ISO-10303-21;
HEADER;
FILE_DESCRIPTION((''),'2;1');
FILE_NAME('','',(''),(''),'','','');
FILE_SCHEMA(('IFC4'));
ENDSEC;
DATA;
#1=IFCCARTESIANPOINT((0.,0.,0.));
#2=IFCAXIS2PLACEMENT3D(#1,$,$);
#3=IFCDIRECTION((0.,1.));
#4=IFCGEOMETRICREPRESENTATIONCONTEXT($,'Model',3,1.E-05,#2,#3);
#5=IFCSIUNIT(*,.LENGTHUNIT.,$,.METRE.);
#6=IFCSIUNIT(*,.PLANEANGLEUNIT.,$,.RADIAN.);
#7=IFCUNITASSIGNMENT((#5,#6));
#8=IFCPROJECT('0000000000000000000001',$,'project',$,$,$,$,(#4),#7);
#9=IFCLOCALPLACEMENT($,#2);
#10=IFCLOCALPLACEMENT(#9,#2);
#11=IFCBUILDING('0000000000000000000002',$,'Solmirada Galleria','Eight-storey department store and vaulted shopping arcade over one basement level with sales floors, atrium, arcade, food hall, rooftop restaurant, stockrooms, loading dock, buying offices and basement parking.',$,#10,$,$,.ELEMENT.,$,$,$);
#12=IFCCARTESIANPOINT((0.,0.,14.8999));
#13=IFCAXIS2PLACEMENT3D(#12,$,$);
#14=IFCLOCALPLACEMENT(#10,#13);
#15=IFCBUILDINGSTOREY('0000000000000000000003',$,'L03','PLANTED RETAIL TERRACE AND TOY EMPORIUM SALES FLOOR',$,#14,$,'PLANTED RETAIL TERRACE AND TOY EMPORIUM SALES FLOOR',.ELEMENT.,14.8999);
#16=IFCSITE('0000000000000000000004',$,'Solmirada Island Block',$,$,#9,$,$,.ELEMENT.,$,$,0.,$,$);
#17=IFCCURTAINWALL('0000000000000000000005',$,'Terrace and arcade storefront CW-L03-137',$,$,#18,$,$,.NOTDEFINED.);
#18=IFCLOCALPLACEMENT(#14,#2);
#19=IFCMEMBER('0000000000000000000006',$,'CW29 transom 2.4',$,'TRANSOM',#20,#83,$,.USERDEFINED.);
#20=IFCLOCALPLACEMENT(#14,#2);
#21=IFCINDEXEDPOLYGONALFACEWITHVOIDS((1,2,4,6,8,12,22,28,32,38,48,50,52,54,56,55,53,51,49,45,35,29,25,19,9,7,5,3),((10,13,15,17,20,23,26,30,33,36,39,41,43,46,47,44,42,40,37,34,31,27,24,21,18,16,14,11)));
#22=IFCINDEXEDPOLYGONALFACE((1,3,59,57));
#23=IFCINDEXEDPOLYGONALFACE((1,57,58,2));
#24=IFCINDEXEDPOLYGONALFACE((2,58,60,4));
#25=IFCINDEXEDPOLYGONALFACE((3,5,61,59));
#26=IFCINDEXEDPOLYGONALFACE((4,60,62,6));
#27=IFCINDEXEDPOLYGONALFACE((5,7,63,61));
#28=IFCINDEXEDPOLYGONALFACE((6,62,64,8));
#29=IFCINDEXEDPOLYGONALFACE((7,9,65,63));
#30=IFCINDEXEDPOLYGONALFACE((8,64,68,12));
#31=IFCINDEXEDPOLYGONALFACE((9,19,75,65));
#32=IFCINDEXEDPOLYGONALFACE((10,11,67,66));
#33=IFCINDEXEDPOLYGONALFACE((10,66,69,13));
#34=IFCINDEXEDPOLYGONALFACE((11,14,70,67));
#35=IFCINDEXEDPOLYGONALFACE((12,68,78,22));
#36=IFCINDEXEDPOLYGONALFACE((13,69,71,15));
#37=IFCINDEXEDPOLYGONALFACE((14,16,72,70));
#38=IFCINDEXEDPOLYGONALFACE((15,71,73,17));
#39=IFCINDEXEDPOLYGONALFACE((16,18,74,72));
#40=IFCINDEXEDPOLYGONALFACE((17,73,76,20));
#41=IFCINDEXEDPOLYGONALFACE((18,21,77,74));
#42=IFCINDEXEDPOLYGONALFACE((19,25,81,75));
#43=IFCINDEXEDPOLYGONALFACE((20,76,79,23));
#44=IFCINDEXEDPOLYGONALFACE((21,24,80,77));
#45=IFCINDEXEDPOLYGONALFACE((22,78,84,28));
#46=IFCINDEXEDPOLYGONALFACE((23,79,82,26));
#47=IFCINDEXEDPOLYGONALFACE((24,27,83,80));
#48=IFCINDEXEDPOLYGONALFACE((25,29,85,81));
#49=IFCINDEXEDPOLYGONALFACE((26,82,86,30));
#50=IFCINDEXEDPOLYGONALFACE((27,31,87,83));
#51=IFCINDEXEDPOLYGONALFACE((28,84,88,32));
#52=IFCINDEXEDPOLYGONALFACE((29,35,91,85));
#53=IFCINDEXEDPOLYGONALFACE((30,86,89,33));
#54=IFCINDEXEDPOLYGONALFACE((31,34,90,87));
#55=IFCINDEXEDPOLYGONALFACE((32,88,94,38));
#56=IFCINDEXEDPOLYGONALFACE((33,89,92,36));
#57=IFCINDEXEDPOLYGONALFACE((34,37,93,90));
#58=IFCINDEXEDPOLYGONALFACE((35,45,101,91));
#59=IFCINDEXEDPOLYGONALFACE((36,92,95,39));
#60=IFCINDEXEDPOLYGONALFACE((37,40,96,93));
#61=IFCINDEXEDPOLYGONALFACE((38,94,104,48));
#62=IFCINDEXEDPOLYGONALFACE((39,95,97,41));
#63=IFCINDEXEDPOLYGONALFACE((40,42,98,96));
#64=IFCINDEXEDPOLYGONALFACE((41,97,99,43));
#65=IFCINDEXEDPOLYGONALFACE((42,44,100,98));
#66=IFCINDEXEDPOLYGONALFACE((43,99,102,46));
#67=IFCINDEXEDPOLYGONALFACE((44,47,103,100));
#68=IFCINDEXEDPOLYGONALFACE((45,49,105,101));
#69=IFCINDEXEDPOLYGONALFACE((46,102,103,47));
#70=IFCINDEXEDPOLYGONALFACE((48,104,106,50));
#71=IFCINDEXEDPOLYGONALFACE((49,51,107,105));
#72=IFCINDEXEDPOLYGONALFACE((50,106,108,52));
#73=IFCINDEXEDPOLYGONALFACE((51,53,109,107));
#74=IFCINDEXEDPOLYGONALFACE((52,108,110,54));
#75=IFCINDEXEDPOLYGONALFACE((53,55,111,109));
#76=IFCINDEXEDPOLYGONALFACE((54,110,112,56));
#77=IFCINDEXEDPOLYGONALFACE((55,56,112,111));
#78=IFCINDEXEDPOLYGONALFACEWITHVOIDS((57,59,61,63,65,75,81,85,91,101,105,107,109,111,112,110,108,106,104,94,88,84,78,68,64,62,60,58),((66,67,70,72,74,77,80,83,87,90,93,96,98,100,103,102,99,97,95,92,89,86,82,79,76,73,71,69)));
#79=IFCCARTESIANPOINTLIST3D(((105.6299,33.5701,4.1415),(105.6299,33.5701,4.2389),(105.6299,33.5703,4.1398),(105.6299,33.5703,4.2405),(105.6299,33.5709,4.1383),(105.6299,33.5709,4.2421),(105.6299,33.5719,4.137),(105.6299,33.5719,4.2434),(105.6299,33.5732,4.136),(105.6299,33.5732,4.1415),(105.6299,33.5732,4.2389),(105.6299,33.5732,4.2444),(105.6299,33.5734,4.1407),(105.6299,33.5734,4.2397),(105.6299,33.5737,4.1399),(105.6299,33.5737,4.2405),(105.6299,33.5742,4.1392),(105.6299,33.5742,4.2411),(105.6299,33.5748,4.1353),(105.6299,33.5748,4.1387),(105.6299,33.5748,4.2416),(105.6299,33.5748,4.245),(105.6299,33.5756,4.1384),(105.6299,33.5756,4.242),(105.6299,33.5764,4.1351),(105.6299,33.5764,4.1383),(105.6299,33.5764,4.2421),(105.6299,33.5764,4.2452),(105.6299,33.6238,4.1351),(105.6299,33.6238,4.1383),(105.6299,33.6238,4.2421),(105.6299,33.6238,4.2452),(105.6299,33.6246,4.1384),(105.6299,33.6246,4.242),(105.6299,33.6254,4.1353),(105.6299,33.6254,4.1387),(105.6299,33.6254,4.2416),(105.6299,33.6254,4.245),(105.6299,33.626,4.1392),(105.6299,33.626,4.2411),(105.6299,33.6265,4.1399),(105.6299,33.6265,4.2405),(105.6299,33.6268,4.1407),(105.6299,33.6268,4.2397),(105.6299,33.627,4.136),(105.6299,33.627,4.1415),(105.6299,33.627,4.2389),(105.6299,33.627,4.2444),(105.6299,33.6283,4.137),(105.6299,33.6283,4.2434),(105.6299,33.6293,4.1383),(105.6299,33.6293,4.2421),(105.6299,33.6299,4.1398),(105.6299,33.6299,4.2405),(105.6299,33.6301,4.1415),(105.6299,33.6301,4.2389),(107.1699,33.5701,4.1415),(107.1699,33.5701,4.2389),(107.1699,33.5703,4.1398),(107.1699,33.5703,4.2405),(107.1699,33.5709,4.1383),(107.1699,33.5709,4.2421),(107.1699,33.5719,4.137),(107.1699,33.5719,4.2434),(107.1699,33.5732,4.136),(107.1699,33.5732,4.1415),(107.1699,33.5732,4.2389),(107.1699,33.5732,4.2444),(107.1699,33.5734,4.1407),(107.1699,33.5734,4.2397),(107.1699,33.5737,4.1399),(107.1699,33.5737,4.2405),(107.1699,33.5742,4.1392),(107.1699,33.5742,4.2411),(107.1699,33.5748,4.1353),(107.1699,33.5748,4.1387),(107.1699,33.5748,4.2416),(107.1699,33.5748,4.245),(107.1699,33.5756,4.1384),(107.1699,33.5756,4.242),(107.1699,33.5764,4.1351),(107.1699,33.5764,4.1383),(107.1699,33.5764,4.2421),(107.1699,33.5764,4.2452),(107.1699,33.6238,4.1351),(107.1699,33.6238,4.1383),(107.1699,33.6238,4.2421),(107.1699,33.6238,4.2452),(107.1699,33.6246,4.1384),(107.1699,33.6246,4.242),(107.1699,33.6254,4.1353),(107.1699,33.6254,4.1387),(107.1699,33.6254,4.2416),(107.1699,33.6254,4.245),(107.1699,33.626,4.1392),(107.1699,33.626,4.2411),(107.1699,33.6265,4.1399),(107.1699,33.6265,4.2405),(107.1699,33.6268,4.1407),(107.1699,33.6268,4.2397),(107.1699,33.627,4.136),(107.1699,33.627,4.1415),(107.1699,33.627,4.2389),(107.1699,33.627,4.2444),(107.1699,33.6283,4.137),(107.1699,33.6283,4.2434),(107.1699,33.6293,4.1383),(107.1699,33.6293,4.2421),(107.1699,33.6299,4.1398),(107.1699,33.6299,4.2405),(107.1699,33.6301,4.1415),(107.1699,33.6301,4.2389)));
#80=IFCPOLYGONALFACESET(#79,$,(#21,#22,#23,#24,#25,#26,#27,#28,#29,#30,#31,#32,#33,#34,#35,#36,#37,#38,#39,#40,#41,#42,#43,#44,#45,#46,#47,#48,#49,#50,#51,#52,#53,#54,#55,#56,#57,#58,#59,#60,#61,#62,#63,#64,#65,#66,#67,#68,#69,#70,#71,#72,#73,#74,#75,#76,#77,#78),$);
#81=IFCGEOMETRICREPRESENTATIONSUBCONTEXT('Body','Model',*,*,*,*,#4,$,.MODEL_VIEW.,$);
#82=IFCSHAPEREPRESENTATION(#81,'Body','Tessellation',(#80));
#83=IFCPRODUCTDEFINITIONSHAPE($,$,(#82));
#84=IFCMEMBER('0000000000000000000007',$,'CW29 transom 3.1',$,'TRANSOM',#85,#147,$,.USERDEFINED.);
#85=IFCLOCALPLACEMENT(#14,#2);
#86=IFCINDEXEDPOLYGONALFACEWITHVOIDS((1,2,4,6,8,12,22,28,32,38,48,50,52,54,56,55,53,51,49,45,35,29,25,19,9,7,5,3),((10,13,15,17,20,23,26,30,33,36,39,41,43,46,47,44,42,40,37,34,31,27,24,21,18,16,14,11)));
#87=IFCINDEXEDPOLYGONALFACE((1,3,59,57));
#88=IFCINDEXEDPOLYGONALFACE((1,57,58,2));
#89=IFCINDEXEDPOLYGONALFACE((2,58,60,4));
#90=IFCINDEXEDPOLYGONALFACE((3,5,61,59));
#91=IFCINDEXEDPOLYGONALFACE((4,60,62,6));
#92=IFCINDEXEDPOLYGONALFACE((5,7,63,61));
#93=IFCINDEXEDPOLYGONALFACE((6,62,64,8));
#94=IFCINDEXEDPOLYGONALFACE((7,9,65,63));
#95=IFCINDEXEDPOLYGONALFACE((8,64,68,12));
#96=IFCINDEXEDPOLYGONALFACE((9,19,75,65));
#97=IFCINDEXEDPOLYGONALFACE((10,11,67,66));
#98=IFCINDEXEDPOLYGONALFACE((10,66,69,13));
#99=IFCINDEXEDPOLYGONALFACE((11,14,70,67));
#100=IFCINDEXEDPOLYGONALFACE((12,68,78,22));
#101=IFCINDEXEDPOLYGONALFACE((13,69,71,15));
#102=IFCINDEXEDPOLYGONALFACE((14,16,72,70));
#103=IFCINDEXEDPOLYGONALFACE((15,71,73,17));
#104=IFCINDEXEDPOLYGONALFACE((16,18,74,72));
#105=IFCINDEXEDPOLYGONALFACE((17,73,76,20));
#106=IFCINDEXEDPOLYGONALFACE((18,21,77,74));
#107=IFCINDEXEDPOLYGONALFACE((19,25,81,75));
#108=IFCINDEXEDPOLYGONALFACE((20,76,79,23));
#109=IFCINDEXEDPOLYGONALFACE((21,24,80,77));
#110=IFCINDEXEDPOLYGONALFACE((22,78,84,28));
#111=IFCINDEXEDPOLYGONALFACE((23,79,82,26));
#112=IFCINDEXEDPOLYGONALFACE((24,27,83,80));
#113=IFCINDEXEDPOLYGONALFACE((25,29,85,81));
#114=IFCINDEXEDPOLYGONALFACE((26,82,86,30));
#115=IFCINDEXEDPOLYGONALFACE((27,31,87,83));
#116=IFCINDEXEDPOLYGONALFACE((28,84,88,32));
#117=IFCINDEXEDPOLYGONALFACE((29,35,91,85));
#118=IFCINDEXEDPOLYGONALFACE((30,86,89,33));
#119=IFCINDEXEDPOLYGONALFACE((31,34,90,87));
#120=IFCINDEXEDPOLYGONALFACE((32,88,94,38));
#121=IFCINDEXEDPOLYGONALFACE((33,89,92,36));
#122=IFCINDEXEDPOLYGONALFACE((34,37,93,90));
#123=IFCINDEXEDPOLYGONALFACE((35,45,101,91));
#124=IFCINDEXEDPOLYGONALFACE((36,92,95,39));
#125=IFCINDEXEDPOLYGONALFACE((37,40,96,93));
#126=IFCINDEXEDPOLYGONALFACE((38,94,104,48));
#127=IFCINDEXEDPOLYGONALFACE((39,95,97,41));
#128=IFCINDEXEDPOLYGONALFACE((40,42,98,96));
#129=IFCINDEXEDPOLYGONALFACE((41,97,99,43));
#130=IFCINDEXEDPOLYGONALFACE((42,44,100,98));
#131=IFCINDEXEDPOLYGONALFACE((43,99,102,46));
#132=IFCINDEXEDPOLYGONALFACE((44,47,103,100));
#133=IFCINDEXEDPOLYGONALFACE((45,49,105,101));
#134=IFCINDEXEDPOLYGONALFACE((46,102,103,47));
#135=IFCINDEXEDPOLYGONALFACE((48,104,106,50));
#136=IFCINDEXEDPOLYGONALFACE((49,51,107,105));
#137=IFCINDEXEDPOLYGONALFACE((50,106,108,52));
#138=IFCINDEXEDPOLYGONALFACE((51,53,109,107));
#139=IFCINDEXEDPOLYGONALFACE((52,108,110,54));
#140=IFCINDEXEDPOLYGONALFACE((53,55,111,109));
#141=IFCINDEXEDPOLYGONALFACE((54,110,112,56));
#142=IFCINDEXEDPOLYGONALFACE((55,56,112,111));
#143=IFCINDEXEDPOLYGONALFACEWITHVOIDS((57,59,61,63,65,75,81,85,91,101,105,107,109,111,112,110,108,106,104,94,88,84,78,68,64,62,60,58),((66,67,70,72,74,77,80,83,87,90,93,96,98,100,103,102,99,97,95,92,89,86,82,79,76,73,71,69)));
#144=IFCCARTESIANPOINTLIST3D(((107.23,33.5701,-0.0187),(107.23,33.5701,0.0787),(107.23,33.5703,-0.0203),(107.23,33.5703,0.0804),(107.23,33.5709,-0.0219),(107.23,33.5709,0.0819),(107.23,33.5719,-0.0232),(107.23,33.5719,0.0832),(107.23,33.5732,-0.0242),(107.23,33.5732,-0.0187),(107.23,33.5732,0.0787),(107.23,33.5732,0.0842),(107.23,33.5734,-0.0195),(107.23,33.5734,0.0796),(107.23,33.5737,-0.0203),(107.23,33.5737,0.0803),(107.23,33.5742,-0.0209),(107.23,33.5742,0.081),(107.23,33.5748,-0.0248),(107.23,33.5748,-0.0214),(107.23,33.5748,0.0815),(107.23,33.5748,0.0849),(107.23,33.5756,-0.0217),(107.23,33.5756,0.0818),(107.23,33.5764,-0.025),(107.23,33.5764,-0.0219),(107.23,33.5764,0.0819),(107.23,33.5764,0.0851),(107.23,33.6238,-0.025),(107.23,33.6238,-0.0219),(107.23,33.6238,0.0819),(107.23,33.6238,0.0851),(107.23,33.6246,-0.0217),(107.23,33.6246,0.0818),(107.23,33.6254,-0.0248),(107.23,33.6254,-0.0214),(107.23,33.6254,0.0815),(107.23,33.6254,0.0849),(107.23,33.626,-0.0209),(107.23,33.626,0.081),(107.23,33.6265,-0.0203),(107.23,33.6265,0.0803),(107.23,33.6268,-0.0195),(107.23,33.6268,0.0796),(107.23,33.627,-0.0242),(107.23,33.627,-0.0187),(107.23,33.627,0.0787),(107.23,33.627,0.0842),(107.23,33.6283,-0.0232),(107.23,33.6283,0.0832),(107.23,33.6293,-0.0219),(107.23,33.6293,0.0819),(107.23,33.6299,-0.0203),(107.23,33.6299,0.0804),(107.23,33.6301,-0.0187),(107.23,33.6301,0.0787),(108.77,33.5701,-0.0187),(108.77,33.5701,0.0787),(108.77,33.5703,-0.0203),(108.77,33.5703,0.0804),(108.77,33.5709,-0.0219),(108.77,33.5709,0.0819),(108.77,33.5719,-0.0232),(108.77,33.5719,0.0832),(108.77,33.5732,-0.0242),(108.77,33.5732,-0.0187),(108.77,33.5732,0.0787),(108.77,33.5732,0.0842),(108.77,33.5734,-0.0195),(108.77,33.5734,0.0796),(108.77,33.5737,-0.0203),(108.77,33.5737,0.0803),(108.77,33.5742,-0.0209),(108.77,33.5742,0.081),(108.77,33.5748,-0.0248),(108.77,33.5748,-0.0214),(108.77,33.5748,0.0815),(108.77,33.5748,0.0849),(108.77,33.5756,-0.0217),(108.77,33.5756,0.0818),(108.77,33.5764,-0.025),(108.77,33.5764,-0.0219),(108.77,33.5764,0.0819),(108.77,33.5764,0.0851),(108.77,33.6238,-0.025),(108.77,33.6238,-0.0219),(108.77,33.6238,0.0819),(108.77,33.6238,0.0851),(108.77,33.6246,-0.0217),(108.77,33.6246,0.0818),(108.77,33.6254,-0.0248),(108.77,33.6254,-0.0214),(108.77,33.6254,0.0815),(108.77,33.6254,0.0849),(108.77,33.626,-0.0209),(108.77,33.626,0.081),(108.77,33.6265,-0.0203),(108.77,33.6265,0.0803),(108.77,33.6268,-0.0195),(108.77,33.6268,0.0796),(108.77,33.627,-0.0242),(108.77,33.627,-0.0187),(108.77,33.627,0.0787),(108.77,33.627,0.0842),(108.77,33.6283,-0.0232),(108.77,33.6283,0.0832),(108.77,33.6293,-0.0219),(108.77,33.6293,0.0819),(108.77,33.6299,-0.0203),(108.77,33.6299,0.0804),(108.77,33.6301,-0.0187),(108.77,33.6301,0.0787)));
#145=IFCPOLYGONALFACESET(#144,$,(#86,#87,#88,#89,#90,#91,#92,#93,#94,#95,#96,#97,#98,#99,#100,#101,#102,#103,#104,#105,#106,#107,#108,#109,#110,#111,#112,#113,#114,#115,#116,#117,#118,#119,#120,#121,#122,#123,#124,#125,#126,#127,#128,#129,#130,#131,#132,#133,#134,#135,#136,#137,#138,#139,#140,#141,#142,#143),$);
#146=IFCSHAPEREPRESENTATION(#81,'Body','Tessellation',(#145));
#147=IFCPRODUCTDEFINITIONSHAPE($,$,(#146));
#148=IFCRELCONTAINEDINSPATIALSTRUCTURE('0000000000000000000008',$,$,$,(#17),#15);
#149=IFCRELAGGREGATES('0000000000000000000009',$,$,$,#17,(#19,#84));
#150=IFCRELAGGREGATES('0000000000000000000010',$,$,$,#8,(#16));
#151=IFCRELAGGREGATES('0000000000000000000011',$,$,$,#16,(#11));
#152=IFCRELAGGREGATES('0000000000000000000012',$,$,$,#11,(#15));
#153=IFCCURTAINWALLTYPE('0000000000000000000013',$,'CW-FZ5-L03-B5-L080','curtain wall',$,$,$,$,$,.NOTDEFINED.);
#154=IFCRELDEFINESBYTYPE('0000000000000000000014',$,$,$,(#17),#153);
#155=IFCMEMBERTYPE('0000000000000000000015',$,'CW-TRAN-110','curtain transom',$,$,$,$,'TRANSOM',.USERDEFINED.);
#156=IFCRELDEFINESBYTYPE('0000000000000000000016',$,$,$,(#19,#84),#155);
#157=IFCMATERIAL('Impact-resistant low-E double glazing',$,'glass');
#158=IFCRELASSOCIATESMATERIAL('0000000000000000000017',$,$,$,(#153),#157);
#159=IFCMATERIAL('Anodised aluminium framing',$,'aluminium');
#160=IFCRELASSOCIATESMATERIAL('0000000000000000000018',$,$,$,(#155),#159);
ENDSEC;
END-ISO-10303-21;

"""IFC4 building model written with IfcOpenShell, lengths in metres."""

from ifc_helpers import new_model, si_unit, direction, frame, origin, origin_2d, place, context, subcontext, project, spatial, hollow_rectangle, extrude, material, material_profile, profile_set, type_object, element, aggregate, save


model = new_model("IFC4")

# Units and contexts
model_context = context("Model", 3, precision=1e-05, world=origin(), true_north=direction((0.0, 1.0)))
body_context = subcontext(model_context, "Body", "Model", "MODEL_VIEW")
ifc_project = project(units=[si_unit("LENGTHUNIT", "METRE"), si_unit("PLANEANGLEUNIT", "RADIAN")], contexts=[model_context])

# Site, building, storey
site_placement = place(None, origin())
site = spatial("IfcSite", under=ifc_project, at=site_placement, Name="Solmirada Island Block", CompositionType="ELEMENT", RefElevation=0.0)
building_placement = place(site_placement, origin())
building = spatial("IfcBuilding", under=site, at=building_placement, Name="Solmirada Galleria", Description="Eight-storey department store and vaulted shopping arcade over one basement level with sales floors, atrium, arcade, food hall, rooftop restaurant, stockrooms, loading dock, buying offices and basement parking.", CompositionType="ELEMENT")
storey_placement = place(building_placement, frame((0.0, 0.0, 14.8999)))
storey = spatial("IfcBuildingStorey", under=building, at=storey_placement, Name="L03", Description="PLANTED RETAIL TERRACE AND TOY EMPORIUM SALES FLOOR", LongName="PLANTED RETAIL TERRACE AND TOY EMPORIUM SALES FLOOR", CompositionType="ELEMENT", Elevation=14.8999)

# Shared definitions
ifc_material_1 = material(Name="Impact-resistant low-E double glazing", Category="glass")
curtain_wall_type = type_object("IfcCurtainWallType", Name="CW-FZ5-L03-B5-L080", Description="curtain wall", PredefinedType="NOTDEFINED", material=ifc_material_1)
ifc_material_2 = material(Name="Anodised aluminium framing", Category="aluminium")

# Curtain wall
curtain_wall_1_placement = place(storey_placement, origin())
curtain_wall_1 = element("IfcCurtainWall", 1, at=curtain_wall_1_placement, inside=storey, type_object=curtain_wall_type, Name="Terrace and arcade storefront CW-L03-137", PredefinedType="NOTDEFINED")

# Members
ifc_material_profile_1 = material_profile(ifc_material_2, hollow_rectangle(XDim=0.0601, YDim=0.1101, WallThickness=0.0032, InnerFilletRadius=0.0032, OuterFilletRadius=0.0063, at=origin_2d()), Name="ALU-TRAN-110X60")
ifc_profile_set_1 = profile_set([ifc_material_profile_1], Name="Anodised aluminium framing")
member_type_1 = type_object("IfcMemberType", Name="CW-TRAN-110", Description="curtain transom", ElementType="TRANSOM", PredefinedType="USERDEFINED", material=ifc_profile_set_1)
member_1_placement = place(storey_placement, frame((105.6299, 33.6001, 4.1902), z_axis=(1.0, 0.0, 0.0), x_axis=(0.0, 1.0, 0.0)))
member_1 = element("IfcMember", 2, at=member_1_placement, type_object=member_type_1, Name="CW29 transom 2.4", ObjectType="TRANSOM", PredefinedType="USERDEFINED", context=body_context, shape_type="SweptSolid", body=[
    extrude(hollow_rectangle(XDim=0.0601, YDim=0.1101, WallThickness=0.0032, InnerFilletRadius=0.0032, OuterFilletRadius=0.0063, at=origin_2d()), origin(), (0.0, 0.0, 1.0), 1.54),
])
member_2_placement = place(storey_placement, frame((107.23, 33.6001, 0.03), z_axis=(1.0, 0.0, 0.0), x_axis=(0.0, 1.0, 0.0)))
member_2 = element("IfcMember", 3, at=member_2_placement, type_object=member_type_1, Name="CW29 transom 3.1", ObjectType="TRANSOM", PredefinedType="USERDEFINED", context=body_context, shape_type="SweptSolid", body=[
    extrude(hollow_rectangle(XDim=0.0601, YDim=0.1101, WallThickness=0.0032, InnerFilletRadius=0.0032, OuterFilletRadius=0.0063, at=origin_2d()), origin(), (0.0, 0.0, 1.0), 1.54),
])

aggregate(curtain_wall_1, [member_1, member_2])

save(model, "model.ifc")
